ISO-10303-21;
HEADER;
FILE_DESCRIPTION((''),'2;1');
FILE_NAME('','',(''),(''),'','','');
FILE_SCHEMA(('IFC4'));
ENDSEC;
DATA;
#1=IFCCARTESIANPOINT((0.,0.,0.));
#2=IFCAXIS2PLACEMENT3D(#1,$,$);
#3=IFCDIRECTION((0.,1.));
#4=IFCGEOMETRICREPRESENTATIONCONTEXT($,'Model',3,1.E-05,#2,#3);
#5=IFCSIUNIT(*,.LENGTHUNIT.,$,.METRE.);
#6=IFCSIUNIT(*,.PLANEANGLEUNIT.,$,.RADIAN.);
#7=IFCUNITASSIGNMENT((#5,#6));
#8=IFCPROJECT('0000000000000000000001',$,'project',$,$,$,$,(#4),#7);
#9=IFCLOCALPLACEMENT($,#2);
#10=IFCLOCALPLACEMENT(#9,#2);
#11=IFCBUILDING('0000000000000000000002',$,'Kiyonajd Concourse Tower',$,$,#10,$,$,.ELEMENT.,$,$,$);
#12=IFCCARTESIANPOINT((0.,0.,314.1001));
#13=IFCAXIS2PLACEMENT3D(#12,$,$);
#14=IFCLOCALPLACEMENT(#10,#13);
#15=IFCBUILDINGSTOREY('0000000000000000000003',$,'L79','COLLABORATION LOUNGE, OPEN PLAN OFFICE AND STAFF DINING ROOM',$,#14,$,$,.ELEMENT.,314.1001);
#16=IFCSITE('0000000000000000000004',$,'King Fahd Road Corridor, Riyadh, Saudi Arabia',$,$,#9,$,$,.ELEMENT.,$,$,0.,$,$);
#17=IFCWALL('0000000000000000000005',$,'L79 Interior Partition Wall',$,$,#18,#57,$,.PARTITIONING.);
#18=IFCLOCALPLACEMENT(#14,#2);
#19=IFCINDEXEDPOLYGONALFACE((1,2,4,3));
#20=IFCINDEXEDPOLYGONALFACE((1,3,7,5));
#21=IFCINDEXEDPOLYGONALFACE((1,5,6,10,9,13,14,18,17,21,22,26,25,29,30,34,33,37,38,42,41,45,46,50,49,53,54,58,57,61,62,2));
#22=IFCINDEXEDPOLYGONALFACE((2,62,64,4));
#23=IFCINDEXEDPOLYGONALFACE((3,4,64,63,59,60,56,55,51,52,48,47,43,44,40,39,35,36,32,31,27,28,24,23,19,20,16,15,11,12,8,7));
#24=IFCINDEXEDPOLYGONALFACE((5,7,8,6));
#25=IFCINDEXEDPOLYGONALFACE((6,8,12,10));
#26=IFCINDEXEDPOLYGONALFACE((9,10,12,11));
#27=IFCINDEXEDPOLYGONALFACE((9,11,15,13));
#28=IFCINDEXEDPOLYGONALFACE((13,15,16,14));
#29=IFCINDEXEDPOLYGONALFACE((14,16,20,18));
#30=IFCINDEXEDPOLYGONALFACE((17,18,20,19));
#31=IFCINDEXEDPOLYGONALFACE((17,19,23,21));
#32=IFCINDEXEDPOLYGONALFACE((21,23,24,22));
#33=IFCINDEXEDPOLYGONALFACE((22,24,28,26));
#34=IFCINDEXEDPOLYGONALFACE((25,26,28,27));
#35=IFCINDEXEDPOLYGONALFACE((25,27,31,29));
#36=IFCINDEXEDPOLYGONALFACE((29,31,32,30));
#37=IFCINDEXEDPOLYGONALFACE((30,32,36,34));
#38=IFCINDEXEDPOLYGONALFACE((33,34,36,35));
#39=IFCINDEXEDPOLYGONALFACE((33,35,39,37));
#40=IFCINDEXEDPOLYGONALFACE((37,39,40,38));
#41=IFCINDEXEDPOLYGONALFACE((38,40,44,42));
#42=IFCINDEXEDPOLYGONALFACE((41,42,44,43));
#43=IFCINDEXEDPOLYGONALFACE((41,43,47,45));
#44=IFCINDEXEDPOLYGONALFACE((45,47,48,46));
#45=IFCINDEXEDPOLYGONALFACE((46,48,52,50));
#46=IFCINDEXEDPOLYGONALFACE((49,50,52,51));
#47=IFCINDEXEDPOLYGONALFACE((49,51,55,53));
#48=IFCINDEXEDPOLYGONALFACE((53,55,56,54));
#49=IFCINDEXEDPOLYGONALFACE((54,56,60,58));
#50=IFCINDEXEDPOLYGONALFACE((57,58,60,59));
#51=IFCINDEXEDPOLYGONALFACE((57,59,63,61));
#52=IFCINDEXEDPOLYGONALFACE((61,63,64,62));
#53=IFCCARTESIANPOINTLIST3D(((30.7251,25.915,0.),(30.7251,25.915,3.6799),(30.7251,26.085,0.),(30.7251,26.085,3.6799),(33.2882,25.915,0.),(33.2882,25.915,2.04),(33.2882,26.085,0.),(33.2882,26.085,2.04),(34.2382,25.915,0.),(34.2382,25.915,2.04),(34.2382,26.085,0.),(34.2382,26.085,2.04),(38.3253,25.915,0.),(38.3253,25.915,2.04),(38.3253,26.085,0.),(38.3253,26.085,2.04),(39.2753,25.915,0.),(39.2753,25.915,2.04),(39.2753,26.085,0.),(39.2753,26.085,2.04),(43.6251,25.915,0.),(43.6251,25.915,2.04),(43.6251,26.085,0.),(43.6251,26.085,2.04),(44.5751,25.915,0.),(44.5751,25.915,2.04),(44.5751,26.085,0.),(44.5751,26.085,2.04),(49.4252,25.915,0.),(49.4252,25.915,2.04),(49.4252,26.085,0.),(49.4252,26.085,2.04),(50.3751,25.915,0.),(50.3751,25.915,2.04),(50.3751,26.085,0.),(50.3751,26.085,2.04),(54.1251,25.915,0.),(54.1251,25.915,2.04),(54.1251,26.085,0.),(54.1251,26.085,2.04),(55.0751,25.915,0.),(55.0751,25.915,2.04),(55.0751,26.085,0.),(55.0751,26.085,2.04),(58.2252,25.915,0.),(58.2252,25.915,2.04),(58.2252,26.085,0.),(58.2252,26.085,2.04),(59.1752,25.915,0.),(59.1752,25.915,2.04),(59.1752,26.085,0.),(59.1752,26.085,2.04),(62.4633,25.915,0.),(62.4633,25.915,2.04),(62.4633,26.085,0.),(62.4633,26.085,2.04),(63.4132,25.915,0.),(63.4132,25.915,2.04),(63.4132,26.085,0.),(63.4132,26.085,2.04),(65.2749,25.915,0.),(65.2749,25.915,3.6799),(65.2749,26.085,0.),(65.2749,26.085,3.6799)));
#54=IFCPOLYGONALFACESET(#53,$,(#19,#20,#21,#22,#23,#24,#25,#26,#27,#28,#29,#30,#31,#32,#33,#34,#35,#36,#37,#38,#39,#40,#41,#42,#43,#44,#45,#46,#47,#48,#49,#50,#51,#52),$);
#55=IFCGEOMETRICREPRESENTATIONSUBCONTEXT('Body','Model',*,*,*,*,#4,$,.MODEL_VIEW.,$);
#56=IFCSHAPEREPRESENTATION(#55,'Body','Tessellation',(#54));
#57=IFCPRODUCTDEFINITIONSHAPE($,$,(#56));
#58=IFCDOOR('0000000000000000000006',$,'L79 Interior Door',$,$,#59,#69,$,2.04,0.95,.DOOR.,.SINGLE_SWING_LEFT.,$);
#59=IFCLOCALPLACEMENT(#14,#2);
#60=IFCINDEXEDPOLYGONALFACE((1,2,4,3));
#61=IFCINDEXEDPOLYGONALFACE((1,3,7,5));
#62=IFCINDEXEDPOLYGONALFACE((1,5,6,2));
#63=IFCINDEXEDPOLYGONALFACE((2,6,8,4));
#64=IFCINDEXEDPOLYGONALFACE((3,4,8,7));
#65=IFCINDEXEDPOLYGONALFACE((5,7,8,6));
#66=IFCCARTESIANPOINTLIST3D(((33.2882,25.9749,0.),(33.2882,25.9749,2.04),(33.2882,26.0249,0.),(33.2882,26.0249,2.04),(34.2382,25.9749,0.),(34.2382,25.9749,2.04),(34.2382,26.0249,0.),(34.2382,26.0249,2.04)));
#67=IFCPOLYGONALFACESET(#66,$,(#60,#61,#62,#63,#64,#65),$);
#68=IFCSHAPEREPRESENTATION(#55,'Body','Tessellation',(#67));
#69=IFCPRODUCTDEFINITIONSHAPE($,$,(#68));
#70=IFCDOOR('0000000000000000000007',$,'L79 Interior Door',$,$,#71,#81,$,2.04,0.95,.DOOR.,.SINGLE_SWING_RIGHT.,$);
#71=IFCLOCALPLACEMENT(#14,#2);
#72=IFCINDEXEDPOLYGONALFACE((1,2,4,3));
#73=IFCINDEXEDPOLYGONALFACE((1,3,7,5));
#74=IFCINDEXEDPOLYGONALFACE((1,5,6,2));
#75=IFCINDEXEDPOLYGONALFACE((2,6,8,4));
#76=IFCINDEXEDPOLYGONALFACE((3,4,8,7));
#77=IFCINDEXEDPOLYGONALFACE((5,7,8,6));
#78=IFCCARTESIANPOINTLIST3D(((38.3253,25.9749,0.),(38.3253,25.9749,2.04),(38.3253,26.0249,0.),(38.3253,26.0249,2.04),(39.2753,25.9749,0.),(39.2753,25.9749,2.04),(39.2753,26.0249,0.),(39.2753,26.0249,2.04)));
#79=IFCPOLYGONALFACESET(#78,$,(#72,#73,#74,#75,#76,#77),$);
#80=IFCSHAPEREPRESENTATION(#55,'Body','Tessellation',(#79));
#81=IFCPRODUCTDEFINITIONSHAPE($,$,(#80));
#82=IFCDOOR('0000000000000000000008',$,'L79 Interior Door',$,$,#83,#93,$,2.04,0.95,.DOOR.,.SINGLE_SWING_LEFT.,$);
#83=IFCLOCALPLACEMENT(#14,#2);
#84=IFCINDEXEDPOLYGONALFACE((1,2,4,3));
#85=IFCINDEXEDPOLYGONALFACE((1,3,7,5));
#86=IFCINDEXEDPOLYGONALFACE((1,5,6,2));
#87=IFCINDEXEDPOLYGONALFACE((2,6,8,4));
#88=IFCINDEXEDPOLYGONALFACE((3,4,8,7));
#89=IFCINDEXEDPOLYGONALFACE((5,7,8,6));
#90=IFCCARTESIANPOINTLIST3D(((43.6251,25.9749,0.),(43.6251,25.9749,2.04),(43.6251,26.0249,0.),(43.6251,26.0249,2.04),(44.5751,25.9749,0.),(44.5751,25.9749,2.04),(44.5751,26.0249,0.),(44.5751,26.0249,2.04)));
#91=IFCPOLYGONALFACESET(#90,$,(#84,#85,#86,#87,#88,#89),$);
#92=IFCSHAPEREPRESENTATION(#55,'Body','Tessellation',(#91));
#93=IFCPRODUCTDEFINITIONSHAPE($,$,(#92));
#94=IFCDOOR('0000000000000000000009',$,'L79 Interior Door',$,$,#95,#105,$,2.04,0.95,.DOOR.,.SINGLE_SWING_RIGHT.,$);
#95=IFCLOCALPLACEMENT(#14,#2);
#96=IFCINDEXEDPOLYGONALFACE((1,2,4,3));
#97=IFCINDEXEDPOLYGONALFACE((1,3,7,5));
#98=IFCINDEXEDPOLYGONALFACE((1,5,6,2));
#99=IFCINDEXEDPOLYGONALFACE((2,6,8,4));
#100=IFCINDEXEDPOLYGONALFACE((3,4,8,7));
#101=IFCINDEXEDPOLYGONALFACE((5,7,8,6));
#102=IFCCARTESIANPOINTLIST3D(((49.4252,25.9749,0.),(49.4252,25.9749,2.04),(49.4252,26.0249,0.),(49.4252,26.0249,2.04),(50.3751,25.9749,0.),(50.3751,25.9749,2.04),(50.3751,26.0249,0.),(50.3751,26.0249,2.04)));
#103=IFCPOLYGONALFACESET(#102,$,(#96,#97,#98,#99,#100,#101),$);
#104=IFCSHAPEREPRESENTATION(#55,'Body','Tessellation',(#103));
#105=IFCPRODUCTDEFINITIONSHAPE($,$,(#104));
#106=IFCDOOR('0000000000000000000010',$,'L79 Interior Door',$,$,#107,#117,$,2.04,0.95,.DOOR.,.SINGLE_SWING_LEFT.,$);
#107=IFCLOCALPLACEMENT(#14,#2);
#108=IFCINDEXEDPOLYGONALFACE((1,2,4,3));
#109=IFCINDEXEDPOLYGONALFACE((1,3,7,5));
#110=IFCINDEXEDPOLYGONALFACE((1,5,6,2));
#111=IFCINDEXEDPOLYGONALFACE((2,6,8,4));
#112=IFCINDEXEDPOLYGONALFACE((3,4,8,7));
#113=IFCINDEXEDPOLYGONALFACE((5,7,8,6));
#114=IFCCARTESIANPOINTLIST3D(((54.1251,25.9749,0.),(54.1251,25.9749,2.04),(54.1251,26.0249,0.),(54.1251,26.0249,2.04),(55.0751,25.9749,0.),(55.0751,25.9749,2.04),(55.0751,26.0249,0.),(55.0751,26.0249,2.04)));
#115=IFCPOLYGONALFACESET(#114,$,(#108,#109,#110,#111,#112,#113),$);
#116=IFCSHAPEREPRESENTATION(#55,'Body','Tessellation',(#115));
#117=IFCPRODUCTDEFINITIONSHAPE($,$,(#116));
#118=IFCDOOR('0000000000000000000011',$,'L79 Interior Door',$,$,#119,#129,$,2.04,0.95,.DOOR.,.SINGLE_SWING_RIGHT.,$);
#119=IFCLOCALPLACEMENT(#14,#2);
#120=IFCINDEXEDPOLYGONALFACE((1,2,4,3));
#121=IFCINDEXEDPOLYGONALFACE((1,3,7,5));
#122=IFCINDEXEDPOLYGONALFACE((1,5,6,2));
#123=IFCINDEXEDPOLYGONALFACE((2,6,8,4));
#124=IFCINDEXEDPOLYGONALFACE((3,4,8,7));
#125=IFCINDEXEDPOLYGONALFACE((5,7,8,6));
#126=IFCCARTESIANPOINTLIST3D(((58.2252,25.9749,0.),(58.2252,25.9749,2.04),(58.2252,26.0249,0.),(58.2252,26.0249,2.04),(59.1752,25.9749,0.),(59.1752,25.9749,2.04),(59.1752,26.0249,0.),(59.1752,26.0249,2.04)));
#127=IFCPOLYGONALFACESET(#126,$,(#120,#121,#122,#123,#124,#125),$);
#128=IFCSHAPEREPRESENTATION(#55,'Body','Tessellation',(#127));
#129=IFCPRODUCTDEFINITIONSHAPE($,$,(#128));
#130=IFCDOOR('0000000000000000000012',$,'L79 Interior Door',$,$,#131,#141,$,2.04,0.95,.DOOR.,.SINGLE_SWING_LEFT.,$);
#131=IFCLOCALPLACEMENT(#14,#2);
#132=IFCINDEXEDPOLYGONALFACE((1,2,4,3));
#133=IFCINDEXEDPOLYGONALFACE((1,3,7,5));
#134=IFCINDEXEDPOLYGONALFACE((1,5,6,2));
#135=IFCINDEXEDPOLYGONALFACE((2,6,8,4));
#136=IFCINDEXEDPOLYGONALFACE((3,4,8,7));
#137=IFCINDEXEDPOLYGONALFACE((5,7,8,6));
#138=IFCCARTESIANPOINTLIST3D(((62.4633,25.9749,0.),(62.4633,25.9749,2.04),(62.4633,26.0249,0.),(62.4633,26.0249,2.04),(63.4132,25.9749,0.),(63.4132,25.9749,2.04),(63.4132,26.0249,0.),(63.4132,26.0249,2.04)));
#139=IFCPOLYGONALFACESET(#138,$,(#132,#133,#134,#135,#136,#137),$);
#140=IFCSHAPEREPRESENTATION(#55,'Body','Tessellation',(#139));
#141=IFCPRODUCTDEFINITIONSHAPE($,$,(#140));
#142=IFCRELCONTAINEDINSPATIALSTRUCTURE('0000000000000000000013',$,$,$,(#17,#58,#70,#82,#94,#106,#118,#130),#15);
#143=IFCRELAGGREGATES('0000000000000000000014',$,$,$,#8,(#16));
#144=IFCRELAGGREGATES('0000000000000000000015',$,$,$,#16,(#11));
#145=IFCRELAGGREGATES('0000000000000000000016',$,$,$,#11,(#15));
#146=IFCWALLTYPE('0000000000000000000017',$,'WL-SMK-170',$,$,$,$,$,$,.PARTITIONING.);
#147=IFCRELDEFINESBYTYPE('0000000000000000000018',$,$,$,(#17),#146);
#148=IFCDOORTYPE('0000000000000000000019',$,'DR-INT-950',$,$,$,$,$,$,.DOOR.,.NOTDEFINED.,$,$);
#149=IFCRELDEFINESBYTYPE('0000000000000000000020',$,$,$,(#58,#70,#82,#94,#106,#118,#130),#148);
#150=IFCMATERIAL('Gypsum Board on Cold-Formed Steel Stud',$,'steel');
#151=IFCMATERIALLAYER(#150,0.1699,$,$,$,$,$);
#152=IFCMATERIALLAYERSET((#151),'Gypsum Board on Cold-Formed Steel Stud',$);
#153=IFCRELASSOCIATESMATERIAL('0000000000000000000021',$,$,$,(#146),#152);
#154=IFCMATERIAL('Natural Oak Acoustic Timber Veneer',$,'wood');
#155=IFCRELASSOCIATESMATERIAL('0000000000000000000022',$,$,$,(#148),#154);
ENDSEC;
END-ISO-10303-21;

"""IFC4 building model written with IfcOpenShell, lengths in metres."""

from ifc_helpers import new_model, si_unit, direction, frame, frame_2d, origin, place, context, subcontext, project, spatial, rectangle, extrude, material, layer, layer_set, type_object, element, fill, save


model = new_model("IFC4")

# Units and contexts
model_context = context("Model", 3, precision=1e-05, world=origin(), true_north=direction((0.0, 1.0)))
body_context = subcontext(model_context, "Body", "Model", "MODEL_VIEW")
ifc_project = project(units=[si_unit("LENGTHUNIT", "METRE"), si_unit("PLANEANGLEUNIT", "RADIAN")], contexts=[model_context])

# Site, building, storey
site_placement = place(None, origin())
site = spatial("IfcSite", under=ifc_project, at=site_placement, Name="King Fahd Road Corridor, Riyadh, Saudi Arabia", CompositionType="ELEMENT", RefElevation=0.0)
building_placement = place(site_placement, origin())
building = spatial("IfcBuilding", under=site, at=building_placement, Name="Kiyonajd Concourse Tower", CompositionType="ELEMENT")
storey_placement = place(building_placement, frame((0.0, 0.0, 314.1001)))
storey = spatial("IfcBuildingStorey", under=building, at=storey_placement, Name="L79", Description="COLLABORATION LOUNGE, OPEN PLAN OFFICE AND STAFF DINING ROOM", CompositionType="ELEMENT", Elevation=314.1001)

# Wall, openings, doors
ifc_material_1 = material(Name="Gypsum Board on Cold-Formed Steel Stud", Category="steel")
ifc_layer_1 = layer(ifc_material_1, 0.1699)
ifc_layer_set_1 = layer_set([ifc_layer_1], Name="Gypsum Board on Cold-Formed Steel Stud")
wall_type_1 = type_object("IfcWallType", Name="WL-SMK-170", PredefinedType="PARTITIONING", material=ifc_layer_set_1)
wall_1_placement = place(storey_placement, frame((30.7251, 26.0, 0.0), z_axis=(0.0, 0.0, 1.0), x_axis=(1.0, 0.0, 0.0)))
wall_1 = element("IfcWall", 1, at=wall_1_placement, inside=storey, type_object=wall_type_1, Name="L79 Interior Partition Wall", PredefinedType="PARTITIONING", context=body_context, shape_type="SweptSolid", body=[
    extrude(rectangle(XDim=34.5498, YDim=0.1699, at=frame_2d((17.2749, 0.0))), origin(), (0.0, 0.0, 1.0), 3.6799),
])
opening_1_placement = place(wall_1_placement, frame((2.563, 0.0, 0.0)))
opening_1 = element("IfcOpeningElement", 2, at=opening_1_placement, cuts=wall_1, PredefinedType="OPENING", context=body_context, shape_type="SweptSolid", body=[
    extrude(rectangle(XDim=0.95, YDim=2.04, at=frame_2d((0.4751, 1.02))), frame((0.0, 0.095, 0.0), z_axis=(0.0, -1.0, 0.0), x_axis=(1.0, 0.0, 0.0)), (0.0, 0.0, 1.0), 0.1899),
])
opening_2_placement = place(wall_1_placement, frame((7.6001, 0.0, 0.0)))
opening_2 = element("IfcOpeningElement", 3, at=opening_2_placement, cuts=wall_1, PredefinedType="OPENING", context=body_context, shape_type="SweptSolid", body=[
    extrude(rectangle(XDim=0.95, YDim=2.04, at=frame_2d((0.4751, 1.02))), frame((0.0, 0.095, 0.0), z_axis=(0.0, -1.0, 0.0), x_axis=(1.0, 0.0, 0.0)), (0.0, 0.0, 1.0), 0.1899),
])
opening_3_placement = place(wall_1_placement, frame((12.8999, 0.0, 0.0)))
opening_3 = element("IfcOpeningElement", 4, at=opening_3_placement, cuts=wall_1, PredefinedType="OPENING", context=body_context, shape_type="SweptSolid", body=[
    extrude(rectangle(XDim=0.95, YDim=2.04, at=frame_2d((0.4751, 1.02))), frame((0.0, 0.095, 0.0), z_axis=(0.0, -1.0, 0.0), x_axis=(1.0, 0.0, 0.0)), (0.0, 0.0, 1.0), 0.1899),
])
opening_4_placement = place(wall_1_placement, frame((18.7, 0.0, 0.0)))
opening_4 = element("IfcOpeningElement", 5, at=opening_4_placement, cuts=wall_1, PredefinedType="OPENING", context=body_context, shape_type="SweptSolid", body=[
    extrude(rectangle(XDim=0.95, YDim=2.04, at=frame_2d((0.4751, 1.02))), frame((0.0, 0.095, 0.0), z_axis=(0.0, -1.0, 0.0), x_axis=(1.0, 0.0, 0.0)), (0.0, 0.0, 1.0), 0.1899),
])
opening_5_placement = place(wall_1_placement, frame((23.3999, 0.0, 0.0)))
opening_5 = element("IfcOpeningElement", 6, at=opening_5_placement, cuts=wall_1, PredefinedType="OPENING", context=body_context, shape_type="SweptSolid", body=[
    extrude(rectangle(XDim=0.95, YDim=2.04, at=frame_2d((0.4751, 1.02))), frame((0.0, 0.095, 0.0), z_axis=(0.0, -1.0, 0.0), x_axis=(1.0, 0.0, 0.0)), (0.0, 0.0, 1.0), 0.1899),
])
opening_6_placement = place(wall_1_placement, frame((27.5, 0.0, 0.0)))
opening_6 = element("IfcOpeningElement", 7, at=opening_6_placement, cuts=wall_1, PredefinedType="OPENING", context=body_context, shape_type="SweptSolid", body=[
    extrude(rectangle(XDim=0.95, YDim=2.04, at=frame_2d((0.4751, 1.02))), frame((0.0, 0.095, 0.0), z_axis=(0.0, -1.0, 0.0), x_axis=(1.0, 0.0, 0.0)), (0.0, 0.0, 1.0), 0.1899),
])
opening_7_placement = place(wall_1_placement, frame((31.738, 0.0, 0.0)))
opening_7 = element("IfcOpeningElement", 8, at=opening_7_placement, cuts=wall_1, PredefinedType="OPENING", context=body_context, shape_type="SweptSolid", body=[
    extrude(rectangle(XDim=0.95, YDim=2.04, at=frame_2d((0.4751, 1.02))), frame((0.0, 0.095, 0.0), z_axis=(0.0, -1.0, 0.0), x_axis=(1.0, 0.0, 0.0)), (0.0, 0.0, 1.0), 0.1899),
])
ifc_material_2 = material(Name="Natural Oak Acoustic Timber Veneer", Category="wood")
door_type_1 = type_object("IfcDoorType", Name="DR-INT-950", OperationType="NOTDEFINED", PredefinedType="DOOR", material=ifc_material_2)
door_1_placement = place(opening_1_placement, origin())
door_1 = element("IfcDoor", 9, at=door_1_placement, inside=storey, type_object=door_type_1, Name="L79 Interior Door", OperationType="SINGLE_SWING_LEFT", OverallHeight=2.04, OverallWidth=0.95, PredefinedType="DOOR", context=body_context, shape_type="SweptSolid", body=[
    extrude(rectangle(XDim=0.95, YDim=2.04, at=frame_2d((0.4751, 1.02))), frame((0.0, 0.0249, 0.0), z_axis=(0.0, -1.0, 0.0), x_axis=(1.0, 0.0, 0.0)), (0.0, 0.0, 1.0), 0.05),
])
fill(opening_1, door_1)
door_2_placement = place(opening_2_placement, origin())
door_2 = element("IfcDoor", 10, at=door_2_placement, inside=storey, type_object=door_type_1, Name="L79 Interior Door", OperationType="SINGLE_SWING_RIGHT", OverallHeight=2.04, OverallWidth=0.95, PredefinedType="DOOR", context=body_context, shape_type="SweptSolid", body=[
    extrude(rectangle(XDim=0.95, YDim=2.04, at=frame_2d((0.4751, 1.02))), frame((0.0, 0.0249, 0.0), z_axis=(0.0, -1.0, 0.0), x_axis=(1.0, 0.0, 0.0)), (0.0, 0.0, 1.0), 0.05),
])
fill(opening_2, door_2)
door_3_placement = place(opening_3_placement, origin())
door_3 = element("IfcDoor", 11, at=door_3_placement, inside=storey, type_object=door_type_1, Name="L79 Interior Door", OperationType="SINGLE_SWING_LEFT", OverallHeight=2.04, OverallWidth=0.95, PredefinedType="DOOR", context=body_context, shape_type="SweptSolid", body=[
    extrude(rectangle(XDim=0.95, YDim=2.04, at=frame_2d((0.4751, 1.02))), frame((0.0, 0.0249, 0.0), z_axis=(0.0, -1.0, 0.0), x_axis=(1.0, 0.0, 0.0)), (0.0, 0.0, 1.0), 0.05),
])
fill(opening_3, door_3)
door_4_placement = place(opening_4_placement, origin())
door_4 = element("IfcDoor", 12, at=door_4_placement, inside=storey, type_object=door_type_1, Name="L79 Interior Door", OperationType="SINGLE_SWING_RIGHT", OverallHeight=2.04, OverallWidth=0.95, PredefinedType="DOOR", context=body_context, shape_type="SweptSolid", body=[
    extrude(rectangle(XDim=0.95, YDim=2.04, at=frame_2d((0.4751, 1.02))), frame((0.0, 0.0249, 0.0), z_axis=(0.0, -1.0, 0.0), x_axis=(1.0, 0.0, 0.0)), (0.0, 0.0, 1.0), 0.05),
])
fill(opening_4, door_4)
door_5_placement = place(opening_5_placement, origin())
door_5 = element("IfcDoor", 13, at=door_5_placement, inside=storey, type_object=door_type_1, Name="L79 Interior Door", OperationType="SINGLE_SWING_LEFT", OverallHeight=2.04, OverallWidth=0.95, PredefinedType="DOOR", context=body_context, shape_type="SweptSolid", body=[
    extrude(rectangle(XDim=0.95, YDim=2.04, at=frame_2d((0.4751, 1.02))), frame((0.0, 0.0249, 0.0), z_axis=(0.0, -1.0, 0.0), x_axis=(1.0, 0.0, 0.0)), (0.0, 0.0, 1.0), 0.05),
])
fill(opening_5, door_5)
door_6_placement = place(opening_6_placement, origin())
door_6 = element("IfcDoor", 14, at=door_6_placement, inside=storey, type_object=door_type_1, Name="L79 Interior Door", OperationType="SINGLE_SWING_RIGHT", OverallHeight=2.04, OverallWidth=0.95, PredefinedType="DOOR", context=body_context, shape_type="SweptSolid", body=[
    extrude(rectangle(XDim=0.95, YDim=2.04, at=frame_2d((0.4751, 1.02))), frame((0.0, 0.0249, 0.0), z_axis=(0.0, -1.0, 0.0), x_axis=(1.0, 0.0, 0.0)), (0.0, 0.0, 1.0), 0.05),
])
fill(opening_6, door_6)
door_7_placement = place(opening_7_placement, origin())
door_7 = element("IfcDoor", 15, at=door_7_placement, inside=storey, type_object=door_type_1, Name="L79 Interior Door", OperationType="SINGLE_SWING_LEFT", OverallHeight=2.04, OverallWidth=0.95, PredefinedType="DOOR", context=body_context, shape_type="SweptSolid", body=[
    extrude(rectangle(XDim=0.95, YDim=2.04, at=frame_2d((0.4751, 1.02))), frame((0.0, 0.0249, 0.0), z_axis=(0.0, -1.0, 0.0), x_axis=(1.0, 0.0, 0.0)), (0.0, 0.0, 1.0), 0.05),
])
fill(opening_7, door_7)

save(model, "model.ifc")
